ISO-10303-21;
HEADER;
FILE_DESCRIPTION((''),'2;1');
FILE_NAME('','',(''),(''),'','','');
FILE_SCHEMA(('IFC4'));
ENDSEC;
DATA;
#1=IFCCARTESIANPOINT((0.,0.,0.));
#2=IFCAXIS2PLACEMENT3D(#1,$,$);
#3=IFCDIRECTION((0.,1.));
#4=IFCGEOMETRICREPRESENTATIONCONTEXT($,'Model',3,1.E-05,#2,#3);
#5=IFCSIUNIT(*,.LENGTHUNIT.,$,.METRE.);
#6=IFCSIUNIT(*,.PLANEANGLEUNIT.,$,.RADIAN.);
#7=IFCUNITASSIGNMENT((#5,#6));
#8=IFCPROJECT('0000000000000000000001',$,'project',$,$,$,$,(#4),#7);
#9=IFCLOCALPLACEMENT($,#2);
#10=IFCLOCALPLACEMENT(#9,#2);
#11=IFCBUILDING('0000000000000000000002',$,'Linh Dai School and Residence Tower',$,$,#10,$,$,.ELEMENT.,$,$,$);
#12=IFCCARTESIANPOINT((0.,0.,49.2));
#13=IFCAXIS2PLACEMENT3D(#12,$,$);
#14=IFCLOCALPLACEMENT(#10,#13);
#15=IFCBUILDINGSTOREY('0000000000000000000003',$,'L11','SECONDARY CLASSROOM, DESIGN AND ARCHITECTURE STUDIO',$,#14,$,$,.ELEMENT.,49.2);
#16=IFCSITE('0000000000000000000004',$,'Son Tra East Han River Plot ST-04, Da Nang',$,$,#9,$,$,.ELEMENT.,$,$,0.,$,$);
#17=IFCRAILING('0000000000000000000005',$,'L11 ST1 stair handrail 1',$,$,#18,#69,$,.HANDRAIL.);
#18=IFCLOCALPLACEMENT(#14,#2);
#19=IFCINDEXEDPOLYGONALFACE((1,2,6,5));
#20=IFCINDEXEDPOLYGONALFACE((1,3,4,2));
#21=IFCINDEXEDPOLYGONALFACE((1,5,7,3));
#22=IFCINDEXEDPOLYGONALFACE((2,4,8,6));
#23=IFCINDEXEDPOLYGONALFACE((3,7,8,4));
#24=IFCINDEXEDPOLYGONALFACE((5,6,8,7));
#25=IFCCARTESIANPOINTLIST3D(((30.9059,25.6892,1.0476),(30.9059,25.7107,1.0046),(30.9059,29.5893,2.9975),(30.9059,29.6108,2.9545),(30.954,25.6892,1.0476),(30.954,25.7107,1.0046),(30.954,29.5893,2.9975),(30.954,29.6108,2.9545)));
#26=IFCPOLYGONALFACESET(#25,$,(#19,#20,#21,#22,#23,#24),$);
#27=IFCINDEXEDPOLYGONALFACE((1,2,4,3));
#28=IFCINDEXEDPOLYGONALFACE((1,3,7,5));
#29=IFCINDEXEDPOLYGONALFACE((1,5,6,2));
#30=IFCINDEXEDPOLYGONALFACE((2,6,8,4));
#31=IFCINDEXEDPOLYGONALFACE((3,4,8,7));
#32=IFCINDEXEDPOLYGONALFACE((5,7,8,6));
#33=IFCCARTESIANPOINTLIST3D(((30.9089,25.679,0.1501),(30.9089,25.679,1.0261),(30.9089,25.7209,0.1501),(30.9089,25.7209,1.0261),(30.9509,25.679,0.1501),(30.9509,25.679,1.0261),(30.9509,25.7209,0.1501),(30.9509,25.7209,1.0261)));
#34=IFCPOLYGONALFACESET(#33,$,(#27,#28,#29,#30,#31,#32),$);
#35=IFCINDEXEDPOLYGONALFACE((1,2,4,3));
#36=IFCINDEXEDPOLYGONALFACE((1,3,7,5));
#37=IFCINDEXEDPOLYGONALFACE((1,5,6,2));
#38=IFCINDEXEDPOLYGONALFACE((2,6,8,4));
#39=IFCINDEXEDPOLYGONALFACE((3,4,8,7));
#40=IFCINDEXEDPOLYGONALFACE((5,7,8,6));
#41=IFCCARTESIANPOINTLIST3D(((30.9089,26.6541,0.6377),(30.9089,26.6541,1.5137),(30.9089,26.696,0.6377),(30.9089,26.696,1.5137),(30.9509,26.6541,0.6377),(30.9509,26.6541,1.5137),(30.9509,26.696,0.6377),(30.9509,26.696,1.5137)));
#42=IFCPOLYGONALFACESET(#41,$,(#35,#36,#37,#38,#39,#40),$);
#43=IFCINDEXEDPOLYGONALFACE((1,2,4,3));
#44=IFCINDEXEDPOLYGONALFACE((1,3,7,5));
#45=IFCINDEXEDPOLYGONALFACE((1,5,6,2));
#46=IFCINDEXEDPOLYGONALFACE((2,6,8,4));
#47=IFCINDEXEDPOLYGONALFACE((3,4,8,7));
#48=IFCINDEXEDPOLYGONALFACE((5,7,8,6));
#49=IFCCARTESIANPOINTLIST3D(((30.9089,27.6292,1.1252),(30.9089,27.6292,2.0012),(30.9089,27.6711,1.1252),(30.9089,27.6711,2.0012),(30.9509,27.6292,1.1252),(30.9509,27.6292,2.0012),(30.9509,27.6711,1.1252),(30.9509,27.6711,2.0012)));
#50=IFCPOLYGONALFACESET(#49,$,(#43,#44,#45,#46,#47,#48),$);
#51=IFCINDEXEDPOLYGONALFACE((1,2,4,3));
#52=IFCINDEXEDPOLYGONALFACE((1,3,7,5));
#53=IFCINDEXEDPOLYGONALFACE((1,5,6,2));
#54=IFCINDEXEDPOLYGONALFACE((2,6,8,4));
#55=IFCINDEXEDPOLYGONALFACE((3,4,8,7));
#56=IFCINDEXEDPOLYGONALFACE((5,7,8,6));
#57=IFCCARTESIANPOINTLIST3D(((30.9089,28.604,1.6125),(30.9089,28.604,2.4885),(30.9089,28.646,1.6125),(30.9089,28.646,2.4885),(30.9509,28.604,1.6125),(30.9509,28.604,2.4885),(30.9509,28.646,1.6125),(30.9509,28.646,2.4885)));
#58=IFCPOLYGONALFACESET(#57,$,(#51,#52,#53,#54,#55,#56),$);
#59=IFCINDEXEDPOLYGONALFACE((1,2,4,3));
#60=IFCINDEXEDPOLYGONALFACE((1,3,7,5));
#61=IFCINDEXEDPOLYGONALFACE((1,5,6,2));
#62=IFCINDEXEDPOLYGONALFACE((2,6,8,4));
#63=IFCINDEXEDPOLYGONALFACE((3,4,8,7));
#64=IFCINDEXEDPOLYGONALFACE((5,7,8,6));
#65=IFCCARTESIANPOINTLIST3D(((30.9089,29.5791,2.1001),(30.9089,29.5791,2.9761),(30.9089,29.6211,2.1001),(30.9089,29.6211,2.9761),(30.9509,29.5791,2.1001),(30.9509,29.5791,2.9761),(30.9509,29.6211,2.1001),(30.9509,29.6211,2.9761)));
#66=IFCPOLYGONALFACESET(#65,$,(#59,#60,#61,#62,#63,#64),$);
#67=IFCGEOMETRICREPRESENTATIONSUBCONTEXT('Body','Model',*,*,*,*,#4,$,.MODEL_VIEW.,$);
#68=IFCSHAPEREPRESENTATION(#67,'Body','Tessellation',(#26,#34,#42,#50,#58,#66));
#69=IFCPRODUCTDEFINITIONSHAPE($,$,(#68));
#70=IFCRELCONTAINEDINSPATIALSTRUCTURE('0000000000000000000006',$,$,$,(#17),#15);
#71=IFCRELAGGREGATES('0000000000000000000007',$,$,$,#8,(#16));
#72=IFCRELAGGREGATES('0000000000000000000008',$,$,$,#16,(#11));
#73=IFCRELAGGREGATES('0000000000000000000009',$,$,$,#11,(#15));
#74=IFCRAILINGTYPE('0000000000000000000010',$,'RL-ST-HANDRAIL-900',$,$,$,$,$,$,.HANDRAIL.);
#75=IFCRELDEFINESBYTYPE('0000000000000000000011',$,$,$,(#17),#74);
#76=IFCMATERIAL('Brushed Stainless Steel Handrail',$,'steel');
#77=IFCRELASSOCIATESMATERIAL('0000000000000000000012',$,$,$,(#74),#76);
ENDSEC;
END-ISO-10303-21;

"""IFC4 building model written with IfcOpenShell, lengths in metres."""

from ifc_helpers import new_model, si_unit, direction, frame, origin, origin_2d, place, context, subcontext, project, spatial, rectangle, extrude, source, transform, mapped, material, type_object, element, save


model = new_model("IFC4")

# Units and contexts
model_context = context("Model", 3, precision=1e-05, world=origin(), true_north=direction((0.0, 1.0)))
body_context = subcontext(model_context, "Body", "Model", "MODEL_VIEW")
ifc_project = project(units=[si_unit("LENGTHUNIT", "METRE"), si_unit("PLANEANGLEUNIT", "RADIAN")], contexts=[model_context])

# Site, building, storey
site_placement = place(None, origin())
site = spatial("IfcSite", under=ifc_project, at=site_placement, Name="Son Tra East Han River Plot ST-04, Da Nang", CompositionType="ELEMENT", RefElevation=0.0)
building_placement = place(site_placement, origin())
building = spatial("IfcBuilding", under=site, at=building_placement, Name="Linh Dai School and Residence Tower", CompositionType="ELEMENT")
storey_placement = place(building_placement, frame((0.0, 0.0, 49.2)))
storey = spatial("IfcBuildingStorey", under=building, at=storey_placement, Name="L11", Description="SECONDARY CLASSROOM, DESIGN AND ARCHITECTURE STUDIO", CompositionType="ELEMENT", Elevation=49.2)

# Railing
ifc_material_1 = material(Name="Brushed Stainless Steel Handrail", Category="steel")
railing_type_1 = type_object("IfcRailingType", Name="RL-ST-HANDRAIL-900", PredefinedType="HANDRAIL", material=ifc_material_1)
shared_shape_1 = source(origin(), body_context, "Body", "SweptSolid", [
    extrude(rectangle(XDim=0.0481, YDim=0.0481, at=origin_2d()), frame((0.0, 0.0, 0.876), z_axis=(0.0, 0.894438, 0.447191), x_axis=(-1.0, 0.0, 0.0)), (0.0, 0.0, 1.0), 4.3604),
    extrude(rectangle(XDim=0.042, YDim=0.042, at=origin_2d()), origin(), (0.0, 0.0, 1.0), 0.876),
    extrude(rectangle(XDim=0.042, YDim=0.042, at=origin_2d()), frame((0.0, 0.9751, 0.4875)), (0.0, 0.0, 1.0), 0.876),
    extrude(rectangle(XDim=0.042, YDim=0.042, at=origin_2d()), frame((0.0, 1.9502, 0.9751)), (0.0, 0.0, 1.0), 0.876),
    extrude(rectangle(XDim=0.042, YDim=0.042, at=origin_2d()), frame((0.0, 2.925, 1.4624)), (0.0, 0.0, 1.0), 0.876),
    extrude(rectangle(XDim=0.042, YDim=0.042, at=origin_2d()), frame((0.0, 3.9001, 1.95)), (0.0, 0.0, 1.0), 0.876),
])
railing_1_placement = place(storey_placement, frame((30.9299, 25.7, 0.1501)))
element("IfcRailing", 1, at=railing_1_placement, inside=storey, type_object=railing_type_1, Name="L11 ST1 stair handrail 1", PredefinedType="HANDRAIL", context=body_context, shape_type="MappedRepresentation", body=[
    mapped(shared_shape_1, transform((0.0, 0.0, 0.0), x_axis=(1.0, 0.0, 0.0), y_axis=(0.0, 1.0, 0.0), z_axis=(0.0, 0.0, 1.0), scale=1.0)),
])

save(model, "model.ifc")
